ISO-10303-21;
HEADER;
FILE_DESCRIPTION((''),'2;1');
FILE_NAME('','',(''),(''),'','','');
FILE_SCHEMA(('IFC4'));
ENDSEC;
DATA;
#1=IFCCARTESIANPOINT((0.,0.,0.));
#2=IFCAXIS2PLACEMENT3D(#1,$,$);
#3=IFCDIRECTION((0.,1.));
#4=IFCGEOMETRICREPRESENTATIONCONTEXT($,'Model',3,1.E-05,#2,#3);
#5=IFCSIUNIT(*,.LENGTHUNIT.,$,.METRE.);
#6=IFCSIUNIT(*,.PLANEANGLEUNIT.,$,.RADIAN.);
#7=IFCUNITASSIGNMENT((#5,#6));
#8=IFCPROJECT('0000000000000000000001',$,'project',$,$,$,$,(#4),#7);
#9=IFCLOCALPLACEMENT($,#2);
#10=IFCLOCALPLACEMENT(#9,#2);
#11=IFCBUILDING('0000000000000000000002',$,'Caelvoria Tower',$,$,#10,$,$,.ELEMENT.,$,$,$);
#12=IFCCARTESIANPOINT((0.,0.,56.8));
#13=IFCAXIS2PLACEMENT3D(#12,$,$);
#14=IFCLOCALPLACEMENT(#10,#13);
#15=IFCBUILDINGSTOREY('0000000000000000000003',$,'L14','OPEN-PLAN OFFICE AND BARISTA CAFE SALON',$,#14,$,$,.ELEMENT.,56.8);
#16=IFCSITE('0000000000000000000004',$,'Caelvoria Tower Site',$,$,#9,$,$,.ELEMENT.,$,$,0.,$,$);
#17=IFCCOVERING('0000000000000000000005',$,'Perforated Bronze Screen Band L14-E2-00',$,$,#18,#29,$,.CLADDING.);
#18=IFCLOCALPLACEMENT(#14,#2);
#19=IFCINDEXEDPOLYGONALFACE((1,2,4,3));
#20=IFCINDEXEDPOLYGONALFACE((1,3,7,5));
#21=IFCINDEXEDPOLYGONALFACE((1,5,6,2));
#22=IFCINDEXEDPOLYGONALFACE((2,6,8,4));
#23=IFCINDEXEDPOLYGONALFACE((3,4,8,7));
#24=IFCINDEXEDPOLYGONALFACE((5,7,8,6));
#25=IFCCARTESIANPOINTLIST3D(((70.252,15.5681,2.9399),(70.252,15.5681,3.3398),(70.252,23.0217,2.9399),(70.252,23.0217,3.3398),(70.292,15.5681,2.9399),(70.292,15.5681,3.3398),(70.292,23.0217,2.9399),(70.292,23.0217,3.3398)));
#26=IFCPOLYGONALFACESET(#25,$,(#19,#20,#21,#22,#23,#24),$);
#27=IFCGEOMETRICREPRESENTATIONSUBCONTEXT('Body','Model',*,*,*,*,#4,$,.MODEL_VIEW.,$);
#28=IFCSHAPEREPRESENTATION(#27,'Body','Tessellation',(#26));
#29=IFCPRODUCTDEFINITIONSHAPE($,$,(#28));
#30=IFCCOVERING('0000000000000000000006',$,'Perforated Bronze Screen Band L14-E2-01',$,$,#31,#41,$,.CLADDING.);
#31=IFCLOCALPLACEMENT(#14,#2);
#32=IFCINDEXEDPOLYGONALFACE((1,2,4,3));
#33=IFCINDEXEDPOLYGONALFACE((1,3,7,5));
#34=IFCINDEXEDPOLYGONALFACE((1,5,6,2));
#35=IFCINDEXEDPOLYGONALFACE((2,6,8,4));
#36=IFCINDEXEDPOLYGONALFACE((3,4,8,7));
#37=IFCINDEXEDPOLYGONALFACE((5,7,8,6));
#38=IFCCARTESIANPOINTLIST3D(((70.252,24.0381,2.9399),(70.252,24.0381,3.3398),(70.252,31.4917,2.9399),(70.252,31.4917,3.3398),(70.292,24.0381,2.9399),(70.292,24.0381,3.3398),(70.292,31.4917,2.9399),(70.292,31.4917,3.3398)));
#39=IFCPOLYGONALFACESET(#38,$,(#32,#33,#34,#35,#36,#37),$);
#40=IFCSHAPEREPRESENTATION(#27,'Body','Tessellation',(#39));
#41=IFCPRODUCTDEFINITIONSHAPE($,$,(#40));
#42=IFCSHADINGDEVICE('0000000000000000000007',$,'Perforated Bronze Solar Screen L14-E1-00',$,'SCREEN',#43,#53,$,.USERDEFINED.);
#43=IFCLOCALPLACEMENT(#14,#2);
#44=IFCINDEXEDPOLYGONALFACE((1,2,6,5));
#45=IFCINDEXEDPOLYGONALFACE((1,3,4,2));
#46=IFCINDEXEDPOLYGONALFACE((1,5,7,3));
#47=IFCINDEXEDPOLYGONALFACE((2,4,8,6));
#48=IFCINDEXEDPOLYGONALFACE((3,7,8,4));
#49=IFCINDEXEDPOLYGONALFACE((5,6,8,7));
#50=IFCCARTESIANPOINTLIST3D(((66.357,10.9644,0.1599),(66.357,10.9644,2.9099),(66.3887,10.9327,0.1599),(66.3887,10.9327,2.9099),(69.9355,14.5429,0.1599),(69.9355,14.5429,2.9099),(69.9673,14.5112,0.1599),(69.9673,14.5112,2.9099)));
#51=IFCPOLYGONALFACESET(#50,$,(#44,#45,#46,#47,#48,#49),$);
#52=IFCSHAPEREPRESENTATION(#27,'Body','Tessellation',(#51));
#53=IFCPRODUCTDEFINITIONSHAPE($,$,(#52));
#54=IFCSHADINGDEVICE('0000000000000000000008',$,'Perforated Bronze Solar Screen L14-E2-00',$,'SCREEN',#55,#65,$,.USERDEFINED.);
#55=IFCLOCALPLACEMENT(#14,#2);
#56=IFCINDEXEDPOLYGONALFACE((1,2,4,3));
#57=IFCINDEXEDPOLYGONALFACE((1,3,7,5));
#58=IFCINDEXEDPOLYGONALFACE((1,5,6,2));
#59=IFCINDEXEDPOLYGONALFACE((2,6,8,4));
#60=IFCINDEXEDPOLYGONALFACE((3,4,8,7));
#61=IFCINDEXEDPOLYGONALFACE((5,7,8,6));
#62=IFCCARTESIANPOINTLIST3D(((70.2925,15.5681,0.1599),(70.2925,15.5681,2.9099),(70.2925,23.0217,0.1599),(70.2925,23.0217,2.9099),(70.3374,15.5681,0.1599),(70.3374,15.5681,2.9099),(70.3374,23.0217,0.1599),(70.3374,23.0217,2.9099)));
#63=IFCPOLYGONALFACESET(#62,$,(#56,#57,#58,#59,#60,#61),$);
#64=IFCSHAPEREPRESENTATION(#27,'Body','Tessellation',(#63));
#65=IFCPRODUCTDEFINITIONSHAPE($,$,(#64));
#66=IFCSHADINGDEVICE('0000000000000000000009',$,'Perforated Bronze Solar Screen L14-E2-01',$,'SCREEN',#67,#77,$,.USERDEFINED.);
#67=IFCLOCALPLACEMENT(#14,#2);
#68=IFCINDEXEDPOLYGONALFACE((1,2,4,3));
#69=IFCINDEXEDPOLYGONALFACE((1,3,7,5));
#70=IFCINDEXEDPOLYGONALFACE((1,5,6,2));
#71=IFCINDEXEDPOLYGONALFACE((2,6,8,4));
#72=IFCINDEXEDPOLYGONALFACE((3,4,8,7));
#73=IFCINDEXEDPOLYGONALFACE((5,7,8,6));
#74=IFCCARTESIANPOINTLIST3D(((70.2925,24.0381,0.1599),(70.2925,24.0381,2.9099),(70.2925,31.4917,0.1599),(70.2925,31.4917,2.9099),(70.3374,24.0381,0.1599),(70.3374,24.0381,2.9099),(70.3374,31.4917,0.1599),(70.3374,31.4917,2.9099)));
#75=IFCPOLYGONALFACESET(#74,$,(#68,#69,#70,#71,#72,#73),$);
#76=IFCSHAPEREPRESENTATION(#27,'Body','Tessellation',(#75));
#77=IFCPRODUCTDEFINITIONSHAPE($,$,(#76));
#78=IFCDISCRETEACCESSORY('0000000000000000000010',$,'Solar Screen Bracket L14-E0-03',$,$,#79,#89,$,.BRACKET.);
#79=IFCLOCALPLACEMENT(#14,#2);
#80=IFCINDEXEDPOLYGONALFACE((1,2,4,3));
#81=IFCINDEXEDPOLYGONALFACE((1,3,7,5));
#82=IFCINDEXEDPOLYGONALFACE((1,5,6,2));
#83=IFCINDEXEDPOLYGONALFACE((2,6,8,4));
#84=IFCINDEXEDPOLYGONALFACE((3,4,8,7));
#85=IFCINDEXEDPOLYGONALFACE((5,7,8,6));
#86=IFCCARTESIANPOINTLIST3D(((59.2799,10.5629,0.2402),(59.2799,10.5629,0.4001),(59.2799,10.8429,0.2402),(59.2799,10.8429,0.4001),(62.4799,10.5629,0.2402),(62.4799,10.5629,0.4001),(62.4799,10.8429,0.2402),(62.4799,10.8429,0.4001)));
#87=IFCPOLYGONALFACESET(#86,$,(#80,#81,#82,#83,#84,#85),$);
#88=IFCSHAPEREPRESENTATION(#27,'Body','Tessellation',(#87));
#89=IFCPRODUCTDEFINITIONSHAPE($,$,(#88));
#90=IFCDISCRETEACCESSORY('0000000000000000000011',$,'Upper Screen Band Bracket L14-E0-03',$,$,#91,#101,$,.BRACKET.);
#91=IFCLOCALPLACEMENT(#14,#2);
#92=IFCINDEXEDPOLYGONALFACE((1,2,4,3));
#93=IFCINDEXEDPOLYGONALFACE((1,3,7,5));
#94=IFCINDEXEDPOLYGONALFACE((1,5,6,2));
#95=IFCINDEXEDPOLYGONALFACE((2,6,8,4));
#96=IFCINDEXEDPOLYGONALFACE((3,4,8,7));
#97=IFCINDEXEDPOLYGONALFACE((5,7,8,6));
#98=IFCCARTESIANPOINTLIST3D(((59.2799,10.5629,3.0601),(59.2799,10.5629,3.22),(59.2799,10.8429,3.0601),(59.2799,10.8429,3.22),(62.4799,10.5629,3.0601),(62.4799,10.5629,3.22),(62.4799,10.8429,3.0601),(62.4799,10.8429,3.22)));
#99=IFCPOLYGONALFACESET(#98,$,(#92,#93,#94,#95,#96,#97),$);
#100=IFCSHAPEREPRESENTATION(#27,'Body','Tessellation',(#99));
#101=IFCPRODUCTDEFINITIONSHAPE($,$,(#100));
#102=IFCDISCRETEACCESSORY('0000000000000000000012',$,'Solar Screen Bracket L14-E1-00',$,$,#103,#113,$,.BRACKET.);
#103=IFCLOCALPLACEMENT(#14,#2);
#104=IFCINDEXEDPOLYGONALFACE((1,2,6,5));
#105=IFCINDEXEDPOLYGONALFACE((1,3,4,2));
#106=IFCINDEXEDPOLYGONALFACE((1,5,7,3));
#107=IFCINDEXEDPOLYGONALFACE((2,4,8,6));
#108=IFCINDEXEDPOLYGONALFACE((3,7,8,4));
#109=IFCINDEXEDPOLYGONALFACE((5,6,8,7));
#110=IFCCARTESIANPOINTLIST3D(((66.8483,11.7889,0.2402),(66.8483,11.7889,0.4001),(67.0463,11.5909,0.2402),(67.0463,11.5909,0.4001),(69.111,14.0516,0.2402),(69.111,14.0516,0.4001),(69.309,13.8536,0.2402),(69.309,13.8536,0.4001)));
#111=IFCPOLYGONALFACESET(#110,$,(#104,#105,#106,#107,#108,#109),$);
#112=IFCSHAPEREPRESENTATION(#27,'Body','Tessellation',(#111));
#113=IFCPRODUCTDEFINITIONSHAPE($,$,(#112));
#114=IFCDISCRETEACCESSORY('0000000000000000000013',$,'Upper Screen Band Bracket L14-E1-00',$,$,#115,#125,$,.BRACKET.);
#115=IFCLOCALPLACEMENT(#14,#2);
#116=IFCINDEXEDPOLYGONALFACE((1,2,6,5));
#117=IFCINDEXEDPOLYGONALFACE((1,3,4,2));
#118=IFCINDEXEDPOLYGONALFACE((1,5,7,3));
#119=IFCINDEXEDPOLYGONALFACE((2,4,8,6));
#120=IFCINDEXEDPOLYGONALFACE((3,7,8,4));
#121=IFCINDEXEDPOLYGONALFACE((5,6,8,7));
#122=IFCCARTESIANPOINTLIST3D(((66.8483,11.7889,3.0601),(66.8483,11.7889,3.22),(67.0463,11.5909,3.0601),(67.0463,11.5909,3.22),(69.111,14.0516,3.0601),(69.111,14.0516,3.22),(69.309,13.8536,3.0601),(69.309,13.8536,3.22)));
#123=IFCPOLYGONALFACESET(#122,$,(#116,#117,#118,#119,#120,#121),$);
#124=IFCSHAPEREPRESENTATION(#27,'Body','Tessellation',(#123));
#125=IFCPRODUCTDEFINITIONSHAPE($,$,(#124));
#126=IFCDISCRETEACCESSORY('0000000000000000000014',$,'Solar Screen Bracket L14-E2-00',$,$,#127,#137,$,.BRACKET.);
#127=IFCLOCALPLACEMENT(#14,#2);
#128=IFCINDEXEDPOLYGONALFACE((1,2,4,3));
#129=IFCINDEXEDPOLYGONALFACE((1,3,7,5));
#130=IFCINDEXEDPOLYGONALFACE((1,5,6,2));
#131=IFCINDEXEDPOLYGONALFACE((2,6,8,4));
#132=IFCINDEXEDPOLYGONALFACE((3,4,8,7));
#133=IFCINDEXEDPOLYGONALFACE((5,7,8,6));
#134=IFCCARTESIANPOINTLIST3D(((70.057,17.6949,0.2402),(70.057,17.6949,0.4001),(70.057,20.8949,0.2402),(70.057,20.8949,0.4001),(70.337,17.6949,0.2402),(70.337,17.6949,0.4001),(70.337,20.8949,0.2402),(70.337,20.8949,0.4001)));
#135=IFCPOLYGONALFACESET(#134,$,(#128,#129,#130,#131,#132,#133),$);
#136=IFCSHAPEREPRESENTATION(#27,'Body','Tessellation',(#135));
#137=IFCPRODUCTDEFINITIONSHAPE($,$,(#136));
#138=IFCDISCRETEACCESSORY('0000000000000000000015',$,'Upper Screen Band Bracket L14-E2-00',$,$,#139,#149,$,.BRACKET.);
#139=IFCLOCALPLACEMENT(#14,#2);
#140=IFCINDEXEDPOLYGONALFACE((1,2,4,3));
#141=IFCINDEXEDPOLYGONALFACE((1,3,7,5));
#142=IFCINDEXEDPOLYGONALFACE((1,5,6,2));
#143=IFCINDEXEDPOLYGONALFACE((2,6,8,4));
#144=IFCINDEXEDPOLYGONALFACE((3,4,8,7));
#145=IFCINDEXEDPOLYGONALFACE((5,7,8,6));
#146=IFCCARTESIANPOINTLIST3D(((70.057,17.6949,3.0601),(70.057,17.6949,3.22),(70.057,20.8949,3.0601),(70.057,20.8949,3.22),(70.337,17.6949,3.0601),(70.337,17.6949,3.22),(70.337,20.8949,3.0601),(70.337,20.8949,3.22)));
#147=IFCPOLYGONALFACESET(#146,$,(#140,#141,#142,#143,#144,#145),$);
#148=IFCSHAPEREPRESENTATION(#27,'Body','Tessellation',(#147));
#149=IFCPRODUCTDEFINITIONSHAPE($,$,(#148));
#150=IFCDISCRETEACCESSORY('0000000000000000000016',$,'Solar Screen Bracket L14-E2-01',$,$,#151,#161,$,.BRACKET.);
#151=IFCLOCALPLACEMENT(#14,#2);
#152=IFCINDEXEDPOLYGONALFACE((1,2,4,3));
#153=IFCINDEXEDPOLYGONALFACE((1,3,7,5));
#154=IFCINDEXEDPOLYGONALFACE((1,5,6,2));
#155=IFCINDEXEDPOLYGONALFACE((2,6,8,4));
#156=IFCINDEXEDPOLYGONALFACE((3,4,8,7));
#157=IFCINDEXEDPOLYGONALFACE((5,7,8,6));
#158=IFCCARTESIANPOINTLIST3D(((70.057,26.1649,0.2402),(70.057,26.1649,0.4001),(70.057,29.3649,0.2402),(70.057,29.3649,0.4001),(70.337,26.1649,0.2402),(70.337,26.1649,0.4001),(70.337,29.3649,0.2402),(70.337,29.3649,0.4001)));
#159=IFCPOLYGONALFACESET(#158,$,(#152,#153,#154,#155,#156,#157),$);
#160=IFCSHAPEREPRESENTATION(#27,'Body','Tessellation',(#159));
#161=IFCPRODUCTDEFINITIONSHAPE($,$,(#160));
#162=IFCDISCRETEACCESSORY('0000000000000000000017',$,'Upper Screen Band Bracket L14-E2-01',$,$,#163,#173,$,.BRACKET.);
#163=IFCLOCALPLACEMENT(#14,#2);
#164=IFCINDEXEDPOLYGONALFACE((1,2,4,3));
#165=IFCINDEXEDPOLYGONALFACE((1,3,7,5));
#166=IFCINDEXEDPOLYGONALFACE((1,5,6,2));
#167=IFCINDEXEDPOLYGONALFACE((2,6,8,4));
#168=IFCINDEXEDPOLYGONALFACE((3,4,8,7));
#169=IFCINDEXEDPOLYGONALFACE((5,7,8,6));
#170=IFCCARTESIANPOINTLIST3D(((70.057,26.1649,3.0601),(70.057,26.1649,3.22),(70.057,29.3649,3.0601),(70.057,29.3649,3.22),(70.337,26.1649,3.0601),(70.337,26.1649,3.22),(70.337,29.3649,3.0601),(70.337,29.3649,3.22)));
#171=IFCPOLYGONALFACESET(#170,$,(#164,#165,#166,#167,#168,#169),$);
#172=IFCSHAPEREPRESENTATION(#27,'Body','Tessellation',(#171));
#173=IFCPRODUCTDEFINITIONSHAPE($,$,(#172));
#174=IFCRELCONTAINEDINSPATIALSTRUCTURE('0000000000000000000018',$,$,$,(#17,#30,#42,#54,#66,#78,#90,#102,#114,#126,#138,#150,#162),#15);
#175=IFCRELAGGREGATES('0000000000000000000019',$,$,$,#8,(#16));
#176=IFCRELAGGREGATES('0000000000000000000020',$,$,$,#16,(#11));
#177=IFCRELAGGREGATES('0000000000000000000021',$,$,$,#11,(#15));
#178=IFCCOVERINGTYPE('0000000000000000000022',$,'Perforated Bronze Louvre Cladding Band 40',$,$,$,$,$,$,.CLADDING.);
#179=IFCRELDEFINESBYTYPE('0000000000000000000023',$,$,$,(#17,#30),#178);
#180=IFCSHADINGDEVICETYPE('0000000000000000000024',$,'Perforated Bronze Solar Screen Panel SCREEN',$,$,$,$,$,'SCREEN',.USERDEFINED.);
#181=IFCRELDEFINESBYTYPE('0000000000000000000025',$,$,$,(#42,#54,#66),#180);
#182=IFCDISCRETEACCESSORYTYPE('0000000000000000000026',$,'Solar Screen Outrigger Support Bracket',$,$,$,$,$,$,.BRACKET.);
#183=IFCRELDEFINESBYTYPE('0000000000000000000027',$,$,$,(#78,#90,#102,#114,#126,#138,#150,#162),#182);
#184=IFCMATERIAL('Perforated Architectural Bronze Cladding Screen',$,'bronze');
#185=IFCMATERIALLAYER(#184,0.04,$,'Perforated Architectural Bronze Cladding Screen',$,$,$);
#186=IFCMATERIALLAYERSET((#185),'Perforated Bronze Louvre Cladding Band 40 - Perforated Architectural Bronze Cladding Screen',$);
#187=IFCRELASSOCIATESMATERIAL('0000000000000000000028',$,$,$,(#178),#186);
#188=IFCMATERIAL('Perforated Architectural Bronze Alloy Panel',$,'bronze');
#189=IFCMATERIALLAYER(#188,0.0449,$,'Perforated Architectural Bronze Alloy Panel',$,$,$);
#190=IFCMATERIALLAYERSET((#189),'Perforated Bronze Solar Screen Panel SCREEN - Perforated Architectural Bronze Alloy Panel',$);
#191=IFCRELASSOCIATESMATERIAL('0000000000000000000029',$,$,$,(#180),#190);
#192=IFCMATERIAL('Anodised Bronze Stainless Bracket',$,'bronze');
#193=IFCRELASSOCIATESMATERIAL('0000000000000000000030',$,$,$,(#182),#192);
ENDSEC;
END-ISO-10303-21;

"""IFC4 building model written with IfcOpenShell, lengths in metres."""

from ifc_helpers import new_model, si_unit, direction, frame, origin, origin_2d, place, context, subcontext, project, spatial, rectangle, extrude, material, layer, layer_set, type_object, element, save


model = new_model("IFC4")

# Units and contexts
model_context = context("Model", 3, precision=1e-05, world=origin(), true_north=direction((0.0, 1.0)))
body_context = subcontext(model_context, "Body", "Model", "MODEL_VIEW")
ifc_project = project(units=[si_unit("LENGTHUNIT", "METRE"), si_unit("PLANEANGLEUNIT", "RADIAN")], contexts=[model_context])

# Site, building, storey
site_placement = place(None, origin())
site = spatial("IfcSite", under=ifc_project, at=site_placement, Name="Caelvoria Tower Site", CompositionType="ELEMENT", RefElevation=0.0)
building_placement = place(site_placement, origin())
building = spatial("IfcBuilding", under=site, at=building_placement, Name="Caelvoria Tower", CompositionType="ELEMENT")
storey_placement = place(building_placement, frame((0.0, 0.0, 56.8)))
storey = spatial("IfcBuildingStorey", under=building, at=storey_placement, Name="L14", Description="OPEN-PLAN OFFICE AND BARISTA CAFE SALON", CompositionType="ELEMENT", Elevation=56.8)

# Coverings
ifc_material_1 = material(Name="Perforated Architectural Bronze Cladding Screen", Category="bronze")
ifc_layer_1 = layer(ifc_material_1, 0.04, Name="Perforated Architectural Bronze Cladding Screen")
ifc_layer_set_1 = layer_set([ifc_layer_1], Name="Perforated Bronze Louvre Cladding Band 40 - Perforated Architectural Bronze Cladding Screen")
covering_type = type_object("IfcCoveringType", Name="Perforated Bronze Louvre Cladding Band 40", PredefinedType="CLADDING", material=ifc_layer_set_1)
for number, where, z_axis, x_axis, name in (
    (1, (70.272, 19.2949, 2.9399), (0.0, 0.0, 1.0), (0.0, 1.0, 0.0), "Perforated Bronze Screen Band L14-E2-00"),
    (2, (70.272, 27.7649, 2.9399), (0.0, 0.0, 1.0), (0.0, 1.0, 0.0), "Perforated Bronze Screen Band L14-E2-01"),
):
    element("IfcCovering", number, at=place(storey_placement, frame(where, z_axis=z_axis, x_axis=x_axis)), inside=storey, type_object=covering_type, Name=name, PredefinedType="CLADDING", context=body_context, shape_type="SweptSolid", body=[
        extrude(rectangle(XDim=7.4536, YDim=0.04, at=origin_2d()), origin(), (0.0, 0.0, 1.0), 0.3999),
    ])

# Shading devices
ifc_material_2 = material(Name="Perforated Architectural Bronze Alloy Panel", Category="bronze")
ifc_layer_2 = layer(ifc_material_2, 0.0449, Name="Perforated Architectural Bronze Alloy Panel")
ifc_layer_set_2 = layer_set([ifc_layer_2], Name="Perforated Bronze Solar Screen Panel SCREEN - Perforated Architectural Bronze Alloy Panel")
shading_device_type = type_object("IfcShadingDeviceType", Name="Perforated Bronze Solar Screen Panel SCREEN", ElementType="SCREEN", PredefinedType="USERDEFINED", material=ifc_layer_set_2)
shading_device_placement = place(storey_placement, frame((68.1621, 12.7378, 0.1599), z_axis=(0.0, 0.0, 1.0), x_axis=(0.707107, 0.707107, 0.0)))
element("IfcShadingDevice", 3, at=shading_device_placement, inside=storey, type_object=shading_device_type, Name="Perforated Bronze Solar Screen L14-E1-00", ObjectType="SCREEN", PredefinedType="USERDEFINED", context=body_context, shape_type="SweptSolid", body=[
    extrude(rectangle(XDim=5.0608, YDim=0.0449, at=origin_2d()), origin(), (0.0, 0.0, 1.0), 2.75),
])
for number, where, z_axis, x_axis, name in (
    (4, (70.3149, 19.2949, 0.1599), (0.0, 0.0, 1.0), (0.0, 1.0, 0.0), "Perforated Bronze Solar Screen L14-E2-00"),
    (5, (70.3149, 27.7649, 0.1599), (0.0, 0.0, 1.0), (0.0, 1.0, 0.0), "Perforated Bronze Solar Screen L14-E2-01"),
):
    element("IfcShadingDevice", number, at=place(storey_placement, frame(where, z_axis=z_axis, x_axis=x_axis)), inside=storey, type_object=shading_device_type, Name=name, ObjectType="SCREEN", PredefinedType="USERDEFINED", context=body_context, shape_type="SweptSolid", body=[
        extrude(rectangle(XDim=7.4536, YDim=0.0449, at=origin_2d()), origin(), (0.0, 0.0, 1.0), 2.75),
    ])

# Discrete accessories
ifc_material_3 = material(Name="Anodised Bronze Stainless Bracket", Category="bronze")
discrete_accessory_type = type_object("IfcDiscreteAccessoryType", Name="Solar Screen Outrigger Support Bracket", PredefinedType="BRACKET", material=ifc_material_3)
for number, where, z_axis, x_axis, name in (
    (6, (60.8799, 10.7029, 0.2402), (0.0, 0.0, 1.0), (1.0, 0.0, 0.0), "Solar Screen Bracket L14-E0-03"),
    (7, (60.8799, 10.7029, 3.0601), (0.0, 0.0, 1.0), (1.0, 0.0, 0.0), "Upper Screen Band Bracket L14-E0-03"),
    (8, (68.0786, 12.8213, 0.2402), (0.0, 0.0, 1.0), (0.707107, 0.707107, 0.0), "Solar Screen Bracket L14-E1-00"),
    (9, (68.0786, 12.8213, 3.0601), (0.0, 0.0, 1.0), (0.707107, 0.707107, 0.0), "Upper Screen Band Bracket L14-E1-00"),
    (10, (70.197, 19.2949, 0.2402), (0.0, 0.0, 1.0), (0.0, 1.0, 0.0), "Solar Screen Bracket L14-E2-00"),
    (11, (70.197, 19.2949, 3.0601), (0.0, 0.0, 1.0), (0.0, 1.0, 0.0), "Upper Screen Band Bracket L14-E2-00"),
    (12, (70.197, 27.7649, 0.2402), (0.0, 0.0, 1.0), (0.0, 1.0, 0.0), "Solar Screen Bracket L14-E2-01"),
    (13, (70.197, 27.7649, 3.0601), (0.0, 0.0, 1.0), (0.0, 1.0, 0.0), "Upper Screen Band Bracket L14-E2-01"),
):
    element("IfcDiscreteAccessory", number, at=place(storey_placement, frame(where, z_axis=z_axis, x_axis=x_axis)), inside=storey, type_object=discrete_accessory_type, Name=name, PredefinedType="BRACKET", context=body_context, shape_type="SweptSolid", body=[
        extrude(rectangle(XDim=3.2, YDim=0.28, at=origin_2d()), origin(), (0.0, 0.0, 1.0), 0.1599),
    ])

save(model, "model.ifc")
